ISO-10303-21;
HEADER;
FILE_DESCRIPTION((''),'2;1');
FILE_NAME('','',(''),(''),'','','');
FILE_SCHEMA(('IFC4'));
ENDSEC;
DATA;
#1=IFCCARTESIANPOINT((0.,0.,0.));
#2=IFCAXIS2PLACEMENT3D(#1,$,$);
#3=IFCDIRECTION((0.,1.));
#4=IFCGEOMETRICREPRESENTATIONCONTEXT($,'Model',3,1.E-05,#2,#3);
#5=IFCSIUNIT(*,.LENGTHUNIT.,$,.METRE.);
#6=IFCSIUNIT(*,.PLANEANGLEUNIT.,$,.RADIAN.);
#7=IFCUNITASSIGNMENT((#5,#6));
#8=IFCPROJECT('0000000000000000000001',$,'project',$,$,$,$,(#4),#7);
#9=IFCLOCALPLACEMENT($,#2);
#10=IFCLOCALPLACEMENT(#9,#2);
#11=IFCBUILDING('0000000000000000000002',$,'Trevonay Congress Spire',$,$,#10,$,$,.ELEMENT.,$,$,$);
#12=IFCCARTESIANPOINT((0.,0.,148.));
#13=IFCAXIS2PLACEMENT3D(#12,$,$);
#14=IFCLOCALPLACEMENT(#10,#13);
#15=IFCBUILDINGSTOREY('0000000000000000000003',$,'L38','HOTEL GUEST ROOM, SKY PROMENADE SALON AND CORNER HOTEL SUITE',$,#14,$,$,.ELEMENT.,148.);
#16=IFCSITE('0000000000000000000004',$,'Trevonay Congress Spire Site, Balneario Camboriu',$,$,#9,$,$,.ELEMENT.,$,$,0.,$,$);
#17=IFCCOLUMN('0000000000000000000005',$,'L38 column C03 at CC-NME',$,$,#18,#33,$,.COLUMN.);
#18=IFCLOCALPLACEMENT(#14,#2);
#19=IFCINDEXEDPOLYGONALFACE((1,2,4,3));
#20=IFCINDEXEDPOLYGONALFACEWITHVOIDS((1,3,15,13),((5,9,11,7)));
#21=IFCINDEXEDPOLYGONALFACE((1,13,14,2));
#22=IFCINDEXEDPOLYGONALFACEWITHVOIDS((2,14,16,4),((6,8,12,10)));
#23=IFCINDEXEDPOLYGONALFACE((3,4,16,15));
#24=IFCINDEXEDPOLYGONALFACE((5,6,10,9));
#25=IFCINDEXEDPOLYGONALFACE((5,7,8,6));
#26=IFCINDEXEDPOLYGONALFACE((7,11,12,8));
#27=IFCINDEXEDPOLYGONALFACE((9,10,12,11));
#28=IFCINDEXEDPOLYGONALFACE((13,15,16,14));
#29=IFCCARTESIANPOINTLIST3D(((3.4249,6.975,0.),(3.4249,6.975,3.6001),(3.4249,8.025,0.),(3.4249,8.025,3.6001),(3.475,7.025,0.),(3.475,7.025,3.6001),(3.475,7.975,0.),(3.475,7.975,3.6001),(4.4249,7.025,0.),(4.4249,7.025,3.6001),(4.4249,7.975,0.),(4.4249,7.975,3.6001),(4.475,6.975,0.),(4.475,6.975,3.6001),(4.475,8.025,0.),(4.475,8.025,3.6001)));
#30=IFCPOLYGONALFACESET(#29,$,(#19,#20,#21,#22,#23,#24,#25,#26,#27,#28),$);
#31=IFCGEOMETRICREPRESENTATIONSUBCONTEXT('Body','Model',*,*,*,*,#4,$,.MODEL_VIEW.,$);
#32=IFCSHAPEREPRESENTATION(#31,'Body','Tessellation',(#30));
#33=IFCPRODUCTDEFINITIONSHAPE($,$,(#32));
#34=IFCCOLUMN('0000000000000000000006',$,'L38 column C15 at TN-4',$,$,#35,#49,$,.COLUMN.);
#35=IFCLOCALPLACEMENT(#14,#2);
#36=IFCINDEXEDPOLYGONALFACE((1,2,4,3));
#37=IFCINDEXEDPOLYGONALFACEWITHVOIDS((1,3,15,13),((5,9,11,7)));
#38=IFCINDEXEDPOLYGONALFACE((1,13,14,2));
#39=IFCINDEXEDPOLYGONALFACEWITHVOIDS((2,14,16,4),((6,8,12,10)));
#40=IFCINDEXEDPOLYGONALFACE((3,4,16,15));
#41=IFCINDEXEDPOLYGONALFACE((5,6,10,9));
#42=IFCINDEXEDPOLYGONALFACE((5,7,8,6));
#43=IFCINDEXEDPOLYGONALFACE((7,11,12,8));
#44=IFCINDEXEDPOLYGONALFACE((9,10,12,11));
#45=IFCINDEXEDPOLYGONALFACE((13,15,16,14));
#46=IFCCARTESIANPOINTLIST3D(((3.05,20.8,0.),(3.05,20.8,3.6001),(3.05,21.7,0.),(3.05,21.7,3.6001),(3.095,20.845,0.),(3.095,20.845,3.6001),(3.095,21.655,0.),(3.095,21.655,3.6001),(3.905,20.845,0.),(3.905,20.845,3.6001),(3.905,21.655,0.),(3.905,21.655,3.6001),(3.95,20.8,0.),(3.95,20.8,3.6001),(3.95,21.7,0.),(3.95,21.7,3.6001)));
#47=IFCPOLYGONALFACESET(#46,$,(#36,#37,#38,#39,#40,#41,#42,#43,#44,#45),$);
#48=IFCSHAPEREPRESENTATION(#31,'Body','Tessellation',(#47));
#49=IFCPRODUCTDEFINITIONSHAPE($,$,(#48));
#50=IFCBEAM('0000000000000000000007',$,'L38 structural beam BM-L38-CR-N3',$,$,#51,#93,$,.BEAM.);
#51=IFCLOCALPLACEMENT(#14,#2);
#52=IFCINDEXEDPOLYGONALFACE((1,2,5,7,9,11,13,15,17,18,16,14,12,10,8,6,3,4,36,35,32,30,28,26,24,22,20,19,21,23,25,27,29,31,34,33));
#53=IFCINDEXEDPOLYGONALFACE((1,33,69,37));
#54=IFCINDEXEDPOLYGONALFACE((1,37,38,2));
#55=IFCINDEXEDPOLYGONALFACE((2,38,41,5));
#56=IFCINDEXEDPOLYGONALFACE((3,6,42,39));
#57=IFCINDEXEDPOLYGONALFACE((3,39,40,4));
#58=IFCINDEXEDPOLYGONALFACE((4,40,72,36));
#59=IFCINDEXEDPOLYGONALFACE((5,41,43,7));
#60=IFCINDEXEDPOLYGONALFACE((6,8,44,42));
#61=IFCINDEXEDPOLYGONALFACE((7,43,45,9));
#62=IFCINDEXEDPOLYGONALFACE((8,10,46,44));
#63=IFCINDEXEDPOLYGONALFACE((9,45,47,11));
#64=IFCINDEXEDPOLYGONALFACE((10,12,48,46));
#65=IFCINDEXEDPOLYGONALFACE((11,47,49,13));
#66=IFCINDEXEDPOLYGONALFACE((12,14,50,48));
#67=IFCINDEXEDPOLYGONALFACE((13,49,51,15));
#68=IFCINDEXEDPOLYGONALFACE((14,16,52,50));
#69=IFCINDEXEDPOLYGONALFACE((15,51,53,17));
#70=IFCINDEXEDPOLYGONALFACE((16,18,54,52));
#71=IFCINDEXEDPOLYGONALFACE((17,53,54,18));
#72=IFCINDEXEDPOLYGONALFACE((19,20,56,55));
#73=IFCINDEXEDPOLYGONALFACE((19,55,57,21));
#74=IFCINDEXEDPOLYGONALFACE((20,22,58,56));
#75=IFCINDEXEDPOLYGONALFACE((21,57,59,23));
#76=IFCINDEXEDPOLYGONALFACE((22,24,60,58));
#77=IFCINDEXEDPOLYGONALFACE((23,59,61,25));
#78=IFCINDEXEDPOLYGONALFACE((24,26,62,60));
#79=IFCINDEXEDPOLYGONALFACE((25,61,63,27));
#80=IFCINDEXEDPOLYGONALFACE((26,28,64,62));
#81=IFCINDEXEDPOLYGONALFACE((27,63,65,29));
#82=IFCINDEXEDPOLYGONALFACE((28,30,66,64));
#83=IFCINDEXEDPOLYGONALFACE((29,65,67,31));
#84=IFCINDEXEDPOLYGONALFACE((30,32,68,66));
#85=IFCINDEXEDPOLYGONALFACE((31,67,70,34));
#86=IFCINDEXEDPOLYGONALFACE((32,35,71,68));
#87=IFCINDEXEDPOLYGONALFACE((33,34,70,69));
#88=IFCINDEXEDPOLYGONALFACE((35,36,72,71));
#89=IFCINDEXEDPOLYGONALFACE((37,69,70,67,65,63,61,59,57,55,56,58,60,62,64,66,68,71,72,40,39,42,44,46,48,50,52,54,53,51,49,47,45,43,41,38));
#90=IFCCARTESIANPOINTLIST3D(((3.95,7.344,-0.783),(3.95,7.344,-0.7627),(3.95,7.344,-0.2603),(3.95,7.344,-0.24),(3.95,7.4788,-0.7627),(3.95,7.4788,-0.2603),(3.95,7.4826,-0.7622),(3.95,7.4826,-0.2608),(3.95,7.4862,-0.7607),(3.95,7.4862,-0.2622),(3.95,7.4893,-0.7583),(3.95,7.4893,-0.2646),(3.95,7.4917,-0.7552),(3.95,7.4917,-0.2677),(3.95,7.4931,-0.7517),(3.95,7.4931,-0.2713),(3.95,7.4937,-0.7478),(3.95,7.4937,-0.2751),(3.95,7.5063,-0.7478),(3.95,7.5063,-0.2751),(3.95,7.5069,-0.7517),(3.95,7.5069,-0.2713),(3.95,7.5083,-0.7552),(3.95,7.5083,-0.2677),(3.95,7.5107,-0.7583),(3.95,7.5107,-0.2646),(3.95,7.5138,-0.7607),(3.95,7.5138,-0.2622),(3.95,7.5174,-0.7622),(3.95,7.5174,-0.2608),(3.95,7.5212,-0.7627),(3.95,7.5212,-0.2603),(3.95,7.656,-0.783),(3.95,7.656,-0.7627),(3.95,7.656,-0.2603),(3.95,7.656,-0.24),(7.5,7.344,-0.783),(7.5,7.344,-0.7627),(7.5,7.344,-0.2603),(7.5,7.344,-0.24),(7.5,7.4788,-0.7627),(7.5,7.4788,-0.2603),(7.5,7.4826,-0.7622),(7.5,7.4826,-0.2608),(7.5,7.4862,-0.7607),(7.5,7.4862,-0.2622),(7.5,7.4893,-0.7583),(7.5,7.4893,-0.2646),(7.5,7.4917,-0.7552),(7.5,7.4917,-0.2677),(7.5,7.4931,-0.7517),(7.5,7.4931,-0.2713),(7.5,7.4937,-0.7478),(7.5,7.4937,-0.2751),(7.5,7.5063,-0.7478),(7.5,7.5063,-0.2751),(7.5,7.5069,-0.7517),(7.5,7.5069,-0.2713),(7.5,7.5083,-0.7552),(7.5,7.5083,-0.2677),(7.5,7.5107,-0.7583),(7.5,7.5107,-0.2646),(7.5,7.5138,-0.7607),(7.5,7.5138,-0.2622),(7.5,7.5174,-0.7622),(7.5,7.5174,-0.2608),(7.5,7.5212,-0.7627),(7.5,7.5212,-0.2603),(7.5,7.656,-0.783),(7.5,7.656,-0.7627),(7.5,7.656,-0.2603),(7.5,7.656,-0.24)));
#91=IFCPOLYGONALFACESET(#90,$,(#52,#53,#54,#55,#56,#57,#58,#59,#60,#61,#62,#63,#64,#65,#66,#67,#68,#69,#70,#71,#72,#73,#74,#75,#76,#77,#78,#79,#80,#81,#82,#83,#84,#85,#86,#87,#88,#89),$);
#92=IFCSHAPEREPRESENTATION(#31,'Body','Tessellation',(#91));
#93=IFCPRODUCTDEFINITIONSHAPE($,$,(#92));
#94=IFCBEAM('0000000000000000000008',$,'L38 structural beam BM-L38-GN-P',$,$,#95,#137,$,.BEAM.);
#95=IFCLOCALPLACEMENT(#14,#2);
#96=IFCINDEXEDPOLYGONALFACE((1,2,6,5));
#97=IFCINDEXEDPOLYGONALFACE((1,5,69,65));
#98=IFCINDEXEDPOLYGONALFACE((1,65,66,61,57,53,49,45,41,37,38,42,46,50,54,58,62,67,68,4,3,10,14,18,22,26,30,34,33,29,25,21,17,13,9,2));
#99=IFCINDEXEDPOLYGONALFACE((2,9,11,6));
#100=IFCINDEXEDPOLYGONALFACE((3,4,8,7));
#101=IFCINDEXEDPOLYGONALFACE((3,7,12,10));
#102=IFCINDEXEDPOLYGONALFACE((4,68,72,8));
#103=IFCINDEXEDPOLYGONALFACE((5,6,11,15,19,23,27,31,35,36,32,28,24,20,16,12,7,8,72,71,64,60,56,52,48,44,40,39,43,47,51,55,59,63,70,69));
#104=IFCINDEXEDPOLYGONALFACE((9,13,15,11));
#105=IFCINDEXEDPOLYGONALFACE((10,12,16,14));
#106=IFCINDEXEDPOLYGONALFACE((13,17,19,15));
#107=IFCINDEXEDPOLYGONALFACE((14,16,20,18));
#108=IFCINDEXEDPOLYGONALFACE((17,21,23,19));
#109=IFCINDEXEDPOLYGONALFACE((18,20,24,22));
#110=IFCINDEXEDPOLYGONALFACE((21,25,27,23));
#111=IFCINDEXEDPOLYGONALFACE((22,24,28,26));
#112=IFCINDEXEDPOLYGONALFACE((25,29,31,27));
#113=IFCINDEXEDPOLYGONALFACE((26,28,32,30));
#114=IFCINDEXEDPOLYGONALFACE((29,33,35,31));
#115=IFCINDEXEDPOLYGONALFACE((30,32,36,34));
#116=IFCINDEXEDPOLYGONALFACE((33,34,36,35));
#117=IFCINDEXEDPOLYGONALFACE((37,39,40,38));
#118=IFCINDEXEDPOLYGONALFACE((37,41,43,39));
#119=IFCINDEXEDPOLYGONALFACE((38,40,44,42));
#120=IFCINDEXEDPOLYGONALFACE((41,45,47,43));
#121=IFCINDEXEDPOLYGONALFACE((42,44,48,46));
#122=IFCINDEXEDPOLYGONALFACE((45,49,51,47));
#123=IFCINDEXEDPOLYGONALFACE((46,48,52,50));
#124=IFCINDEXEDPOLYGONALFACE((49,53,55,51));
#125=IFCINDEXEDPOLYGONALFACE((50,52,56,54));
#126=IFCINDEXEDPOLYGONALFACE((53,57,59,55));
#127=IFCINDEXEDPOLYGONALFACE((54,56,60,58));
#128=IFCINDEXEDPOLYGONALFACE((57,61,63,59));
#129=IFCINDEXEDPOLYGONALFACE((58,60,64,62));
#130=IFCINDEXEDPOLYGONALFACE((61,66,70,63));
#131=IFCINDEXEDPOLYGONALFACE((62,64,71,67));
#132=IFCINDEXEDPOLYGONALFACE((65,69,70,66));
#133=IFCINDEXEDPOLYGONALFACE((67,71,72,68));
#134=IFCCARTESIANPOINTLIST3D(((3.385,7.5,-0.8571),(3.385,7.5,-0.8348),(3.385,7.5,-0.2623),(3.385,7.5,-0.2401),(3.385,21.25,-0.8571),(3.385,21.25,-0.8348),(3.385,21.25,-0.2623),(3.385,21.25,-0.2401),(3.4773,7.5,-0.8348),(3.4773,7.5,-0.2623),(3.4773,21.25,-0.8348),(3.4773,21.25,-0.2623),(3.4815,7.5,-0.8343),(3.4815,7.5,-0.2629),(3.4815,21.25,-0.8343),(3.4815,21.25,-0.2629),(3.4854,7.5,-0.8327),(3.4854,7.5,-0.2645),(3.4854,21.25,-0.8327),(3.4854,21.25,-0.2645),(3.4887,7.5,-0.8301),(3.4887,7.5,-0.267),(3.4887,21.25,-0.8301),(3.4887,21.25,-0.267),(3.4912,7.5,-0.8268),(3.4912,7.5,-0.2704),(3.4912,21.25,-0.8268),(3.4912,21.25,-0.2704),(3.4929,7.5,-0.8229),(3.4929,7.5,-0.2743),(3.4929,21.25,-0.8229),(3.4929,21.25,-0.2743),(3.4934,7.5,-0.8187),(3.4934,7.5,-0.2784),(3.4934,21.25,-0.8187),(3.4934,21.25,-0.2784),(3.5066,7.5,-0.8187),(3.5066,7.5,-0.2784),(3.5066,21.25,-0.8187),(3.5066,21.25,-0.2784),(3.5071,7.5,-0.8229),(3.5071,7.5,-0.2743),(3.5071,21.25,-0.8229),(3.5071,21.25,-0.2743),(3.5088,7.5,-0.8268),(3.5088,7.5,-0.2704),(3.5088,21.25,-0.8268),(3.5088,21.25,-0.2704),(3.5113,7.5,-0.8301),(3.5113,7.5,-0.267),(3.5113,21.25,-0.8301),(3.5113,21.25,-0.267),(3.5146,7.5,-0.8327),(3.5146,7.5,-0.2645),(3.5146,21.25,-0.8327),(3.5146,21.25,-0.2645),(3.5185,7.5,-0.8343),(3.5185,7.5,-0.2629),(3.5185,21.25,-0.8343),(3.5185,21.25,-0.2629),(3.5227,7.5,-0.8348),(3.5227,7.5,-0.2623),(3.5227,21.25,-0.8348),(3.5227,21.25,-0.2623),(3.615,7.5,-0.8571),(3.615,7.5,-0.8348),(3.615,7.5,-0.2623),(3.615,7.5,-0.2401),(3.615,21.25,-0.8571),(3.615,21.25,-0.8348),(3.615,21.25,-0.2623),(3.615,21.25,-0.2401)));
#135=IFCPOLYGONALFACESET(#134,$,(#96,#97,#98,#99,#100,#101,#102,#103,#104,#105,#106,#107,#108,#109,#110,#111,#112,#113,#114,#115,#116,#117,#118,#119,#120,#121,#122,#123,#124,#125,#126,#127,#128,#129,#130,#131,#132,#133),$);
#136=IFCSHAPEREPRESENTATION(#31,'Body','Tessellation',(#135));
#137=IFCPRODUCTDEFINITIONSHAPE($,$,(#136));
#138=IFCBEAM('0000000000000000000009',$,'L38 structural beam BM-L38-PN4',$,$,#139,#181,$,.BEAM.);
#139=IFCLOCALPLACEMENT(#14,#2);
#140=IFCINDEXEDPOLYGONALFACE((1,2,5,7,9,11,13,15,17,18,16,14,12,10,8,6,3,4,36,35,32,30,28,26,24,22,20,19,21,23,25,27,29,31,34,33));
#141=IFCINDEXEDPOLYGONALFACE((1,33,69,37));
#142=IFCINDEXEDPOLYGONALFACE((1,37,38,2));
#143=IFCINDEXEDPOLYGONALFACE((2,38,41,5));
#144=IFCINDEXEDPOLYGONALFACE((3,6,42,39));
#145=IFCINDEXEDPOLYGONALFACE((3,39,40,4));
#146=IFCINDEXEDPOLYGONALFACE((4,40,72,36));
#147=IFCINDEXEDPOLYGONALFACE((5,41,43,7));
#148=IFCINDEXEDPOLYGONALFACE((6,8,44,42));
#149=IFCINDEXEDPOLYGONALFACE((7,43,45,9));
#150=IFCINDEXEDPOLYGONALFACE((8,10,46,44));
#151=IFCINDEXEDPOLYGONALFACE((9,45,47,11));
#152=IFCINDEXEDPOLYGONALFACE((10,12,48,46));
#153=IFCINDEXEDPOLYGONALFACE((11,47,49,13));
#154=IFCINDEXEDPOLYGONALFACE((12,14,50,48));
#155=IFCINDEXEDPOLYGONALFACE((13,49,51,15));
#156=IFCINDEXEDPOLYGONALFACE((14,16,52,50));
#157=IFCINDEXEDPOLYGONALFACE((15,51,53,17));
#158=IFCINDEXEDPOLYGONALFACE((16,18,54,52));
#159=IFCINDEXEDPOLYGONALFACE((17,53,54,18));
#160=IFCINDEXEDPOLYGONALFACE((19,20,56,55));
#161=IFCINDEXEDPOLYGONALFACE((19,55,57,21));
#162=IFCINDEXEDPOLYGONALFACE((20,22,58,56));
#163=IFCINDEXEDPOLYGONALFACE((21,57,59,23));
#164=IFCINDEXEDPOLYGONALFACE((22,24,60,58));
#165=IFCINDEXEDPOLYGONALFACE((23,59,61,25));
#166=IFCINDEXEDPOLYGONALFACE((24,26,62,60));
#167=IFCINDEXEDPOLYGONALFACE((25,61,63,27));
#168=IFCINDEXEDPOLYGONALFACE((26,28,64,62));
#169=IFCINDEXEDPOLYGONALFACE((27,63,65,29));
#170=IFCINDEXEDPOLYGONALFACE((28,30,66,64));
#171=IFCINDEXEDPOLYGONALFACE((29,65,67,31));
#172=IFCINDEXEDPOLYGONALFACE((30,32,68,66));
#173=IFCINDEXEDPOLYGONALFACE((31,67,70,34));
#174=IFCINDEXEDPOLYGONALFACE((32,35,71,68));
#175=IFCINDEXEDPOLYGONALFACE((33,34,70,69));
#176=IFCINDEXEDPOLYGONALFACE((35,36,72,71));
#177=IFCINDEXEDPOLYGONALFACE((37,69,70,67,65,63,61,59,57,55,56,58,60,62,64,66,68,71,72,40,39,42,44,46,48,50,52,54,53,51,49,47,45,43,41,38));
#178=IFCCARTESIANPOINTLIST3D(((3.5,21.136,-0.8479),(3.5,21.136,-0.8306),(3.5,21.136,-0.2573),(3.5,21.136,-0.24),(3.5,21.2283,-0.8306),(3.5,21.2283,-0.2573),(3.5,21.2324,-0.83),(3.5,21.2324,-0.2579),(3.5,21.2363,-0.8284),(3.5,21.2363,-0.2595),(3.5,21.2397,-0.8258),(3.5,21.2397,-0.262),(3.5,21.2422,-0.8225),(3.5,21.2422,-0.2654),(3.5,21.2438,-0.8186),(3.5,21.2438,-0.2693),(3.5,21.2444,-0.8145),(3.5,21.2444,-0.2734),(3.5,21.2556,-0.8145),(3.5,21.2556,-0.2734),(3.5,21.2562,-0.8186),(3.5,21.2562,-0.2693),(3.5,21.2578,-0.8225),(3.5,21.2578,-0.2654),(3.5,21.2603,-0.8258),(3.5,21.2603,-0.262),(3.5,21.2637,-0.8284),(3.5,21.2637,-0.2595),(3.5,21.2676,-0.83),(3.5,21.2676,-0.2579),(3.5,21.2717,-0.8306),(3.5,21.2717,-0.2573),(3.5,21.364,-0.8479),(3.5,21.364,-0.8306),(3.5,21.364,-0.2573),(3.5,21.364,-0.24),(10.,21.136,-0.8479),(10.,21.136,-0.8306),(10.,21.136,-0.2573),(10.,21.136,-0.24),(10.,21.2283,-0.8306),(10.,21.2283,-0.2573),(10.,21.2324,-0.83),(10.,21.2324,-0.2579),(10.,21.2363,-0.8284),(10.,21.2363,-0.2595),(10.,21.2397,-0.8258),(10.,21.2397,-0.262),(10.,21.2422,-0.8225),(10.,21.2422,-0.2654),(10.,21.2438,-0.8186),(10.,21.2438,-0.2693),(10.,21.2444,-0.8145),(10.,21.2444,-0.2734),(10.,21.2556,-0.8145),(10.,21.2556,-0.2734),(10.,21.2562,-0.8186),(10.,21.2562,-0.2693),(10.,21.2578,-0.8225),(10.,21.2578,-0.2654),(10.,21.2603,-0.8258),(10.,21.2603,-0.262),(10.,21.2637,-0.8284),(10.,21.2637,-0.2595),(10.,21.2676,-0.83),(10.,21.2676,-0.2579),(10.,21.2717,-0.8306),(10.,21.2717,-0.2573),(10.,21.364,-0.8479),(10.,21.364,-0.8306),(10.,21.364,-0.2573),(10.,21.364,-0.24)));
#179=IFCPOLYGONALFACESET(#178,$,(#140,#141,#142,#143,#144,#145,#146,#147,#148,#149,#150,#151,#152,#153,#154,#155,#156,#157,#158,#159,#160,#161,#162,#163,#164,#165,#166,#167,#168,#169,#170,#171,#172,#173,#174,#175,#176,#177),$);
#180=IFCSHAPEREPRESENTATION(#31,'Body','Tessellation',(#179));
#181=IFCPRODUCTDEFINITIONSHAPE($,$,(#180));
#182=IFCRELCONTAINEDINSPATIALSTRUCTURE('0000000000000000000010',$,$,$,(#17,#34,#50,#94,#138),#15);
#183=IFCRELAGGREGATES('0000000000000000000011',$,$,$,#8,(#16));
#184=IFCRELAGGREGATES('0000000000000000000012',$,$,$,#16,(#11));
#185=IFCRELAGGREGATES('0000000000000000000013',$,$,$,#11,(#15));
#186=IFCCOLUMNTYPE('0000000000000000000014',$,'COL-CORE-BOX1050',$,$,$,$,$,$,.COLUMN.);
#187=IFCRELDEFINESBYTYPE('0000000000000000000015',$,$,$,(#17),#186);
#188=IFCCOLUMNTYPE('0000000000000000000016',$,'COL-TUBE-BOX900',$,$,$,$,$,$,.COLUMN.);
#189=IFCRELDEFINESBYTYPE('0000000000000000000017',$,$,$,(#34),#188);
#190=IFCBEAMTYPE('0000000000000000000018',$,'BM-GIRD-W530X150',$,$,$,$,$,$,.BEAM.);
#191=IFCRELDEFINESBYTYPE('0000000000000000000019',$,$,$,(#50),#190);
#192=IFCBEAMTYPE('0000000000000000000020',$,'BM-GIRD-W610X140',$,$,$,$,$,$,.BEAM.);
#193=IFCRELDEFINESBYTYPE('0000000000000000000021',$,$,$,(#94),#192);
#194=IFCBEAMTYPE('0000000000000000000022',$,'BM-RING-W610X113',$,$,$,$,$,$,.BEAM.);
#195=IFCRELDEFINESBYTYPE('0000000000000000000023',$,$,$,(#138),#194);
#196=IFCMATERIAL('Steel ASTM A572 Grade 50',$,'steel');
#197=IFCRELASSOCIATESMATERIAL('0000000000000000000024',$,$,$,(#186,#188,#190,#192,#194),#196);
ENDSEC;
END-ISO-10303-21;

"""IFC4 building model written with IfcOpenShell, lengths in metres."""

from ifc_helpers import new_model, si_unit, direction, frame, origin, origin_2d, place, context, subcontext, project, spatial, hollow_rectangle, i_section, extrude, material, material_profile, profile_set, type_object, element, save


model = new_model("IFC4")

# Units and contexts
model_context = context("Model", 3, precision=1e-05, world=origin(), true_north=direction((0.0, 1.0)))
body_context = subcontext(model_context, "Body", "Model", "MODEL_VIEW")
ifc_project = project(units=[si_unit("LENGTHUNIT", "METRE"), si_unit("PLANEANGLEUNIT", "RADIAN")], contexts=[model_context])

# Site, building, storey
site_placement = place(None, origin())
site = spatial("IfcSite", under=ifc_project, at=site_placement, Name="Trevonay Congress Spire Site, Balneario Camboriu", CompositionType="ELEMENT", RefElevation=0.0)
building_placement = place(site_placement, origin())
building = spatial("IfcBuilding", under=site, at=building_placement, Name="Trevonay Congress Spire", CompositionType="ELEMENT")
storey_placement = place(building_placement, frame((0.0, 0.0, 148.0)))
storey = spatial("IfcBuildingStorey", under=building, at=storey_placement, Name="L38", Description="HOTEL GUEST ROOM, SKY PROMENADE SALON AND CORNER HOTEL SUITE", CompositionType="ELEMENT", Elevation=148.0)

# Columns
ifc_material_1 = material(Name="Steel ASTM A572 Grade 50", Category="steel")
ifc_material_profile_1 = material_profile(ifc_material_1, hollow_rectangle(XDim=1.05, YDim=1.05, WallThickness=0.05, at=origin_2d()), Name="BOX 1050x1050x50")
ifc_profile_set_1 = profile_set([ifc_material_profile_1], Name="Steel ASTM A572 Grade 50")
column_type_1 = type_object("IfcColumnType", Name="COL-CORE-BOX1050", PredefinedType="COLUMN", material=ifc_profile_set_1)
column_1_placement = place(storey_placement, frame((3.95, 7.5, 0.0), z_axis=(0.0, 0.0, 1.0), x_axis=(1.0, 0.0, 0.0)))
element("IfcColumn", 1, at=column_1_placement, inside=storey, type_object=column_type_1, Name="L38 column C03 at CC-NME", PredefinedType="COLUMN", context=body_context, shape_type="SweptSolid", body=[
    extrude(hollow_rectangle(XDim=1.05, YDim=1.05, WallThickness=0.05, at=origin_2d()), origin(), (0.0, 0.0, 1.0), 3.6001),
])
ifc_material_profile_2 = material_profile(ifc_material_1, hollow_rectangle(XDim=0.8999, YDim=0.8999, WallThickness=0.0449, at=origin_2d()), Name="BOX 900x900x45")
ifc_profile_set_2 = profile_set([ifc_material_profile_2], Name="Steel ASTM A572 Grade 50")
column_type_2 = type_object("IfcColumnType", Name="COL-TUBE-BOX900", PredefinedType="COLUMN", material=ifc_profile_set_2)
column_2_placement = place(storey_placement, frame((3.5, 21.25, 0.0), z_axis=(0.0, 0.0, 1.0), x_axis=(1.0, 0.0, 0.0)))
element("IfcColumn", 2, at=column_2_placement, inside=storey, type_object=column_type_2, Name="L38 column C15 at TN-4", PredefinedType="COLUMN", context=body_context, shape_type="SweptSolid", body=[
    extrude(hollow_rectangle(XDim=0.8999, YDim=0.8999, WallThickness=0.0449, at=origin_2d()), origin(), (0.0, 0.0, 1.0), 3.6001),
])

# Beams
ifc_material_profile_3 = material_profile(ifc_material_1, i_section(OverallWidth=0.312, OverallDepth=0.543, WebThickness=0.0127, FlangeThickness=0.0203, FilletRadius=0.0149, at=origin_2d()), Name="W530x150")
ifc_profile_set_3 = profile_set([ifc_material_profile_3], Name="Steel ASTM A572 Grade 50")
beam_type_1 = type_object("IfcBeamType", Name="BM-GIRD-W530X150", PredefinedType="BEAM", material=ifc_profile_set_3)
beam_1_placement = place(storey_placement, frame((3.95, 7.5, -0.5115), z_axis=(1.0, 0.0, 0.0), x_axis=(0.0, 1.0, 0.0)))
element("IfcBeam", 3, at=beam_1_placement, inside=storey, type_object=beam_type_1, Name="L38 structural beam BM-L38-CR-N3", PredefinedType="BEAM", context=body_context, shape_type="SweptSolid", body=[
    extrude(i_section(OverallWidth=0.312, OverallDepth=0.543, WebThickness=0.0127, FlangeThickness=0.0203, FilletRadius=0.0149, at=origin_2d()), origin(), (0.0, 0.0, 1.0), 3.55),
])
ifc_material_profile_4 = material_profile(ifc_material_1, i_section(OverallWidth=0.23, OverallDepth=0.6169, WebThickness=0.0132, FlangeThickness=0.0222, FilletRadius=0.0161, at=origin_2d()), Name="W610x140")
ifc_profile_set_4 = profile_set([ifc_material_profile_4], Name="Steel ASTM A572 Grade 50")
beam_type_2 = type_object("IfcBeamType", Name="BM-GIRD-W610X140", PredefinedType="BEAM", material=ifc_profile_set_4)
beam_2_placement = place(storey_placement, frame((3.5, 7.5, -0.5486), z_axis=(0.0, 1.0, 0.0), x_axis=(-1.0, 0.0, 0.0)))
element("IfcBeam", 4, at=beam_2_placement, inside=storey, type_object=beam_type_2, Name="L38 structural beam BM-L38-GN-P", PredefinedType="BEAM", context=body_context, shape_type="SweptSolid", body=[
    extrude(i_section(OverallWidth=0.23, OverallDepth=0.6169, WebThickness=0.0132, FlangeThickness=0.0222, FilletRadius=0.0161, at=origin_2d()), origin(), (0.0, 0.0, 1.0), 13.75),
])
ifc_material_profile_5 = material_profile(ifc_material_1, i_section(OverallWidth=0.228, OverallDepth=0.6079, WebThickness=0.0112, FlangeThickness=0.0173, FilletRadius=0.0161, at=origin_2d()), Name="W610x113")
ifc_profile_set_5 = profile_set([ifc_material_profile_5], Name="Steel ASTM A572 Grade 50")
beam_type_3 = type_object("IfcBeamType", Name="BM-RING-W610X113", PredefinedType="BEAM", material=ifc_profile_set_5)
beam_3_placement = place(storey_placement, frame((3.5, 21.25, -0.5439), z_axis=(1.0, 0.0, 0.0), x_axis=(0.0, 1.0, 0.0)))
element("IfcBeam", 5, at=beam_3_placement, inside=storey, type_object=beam_type_3, Name="L38 structural beam BM-L38-PN4", PredefinedType="BEAM", context=body_context, shape_type="SweptSolid", body=[
    extrude(i_section(OverallWidth=0.228, OverallDepth=0.6079, WebThickness=0.0112, FlangeThickness=0.0173, FilletRadius=0.0161, at=origin_2d()), origin(), (0.0, 0.0, 1.0), 6.5),
])

save(model, "model.ifc")
